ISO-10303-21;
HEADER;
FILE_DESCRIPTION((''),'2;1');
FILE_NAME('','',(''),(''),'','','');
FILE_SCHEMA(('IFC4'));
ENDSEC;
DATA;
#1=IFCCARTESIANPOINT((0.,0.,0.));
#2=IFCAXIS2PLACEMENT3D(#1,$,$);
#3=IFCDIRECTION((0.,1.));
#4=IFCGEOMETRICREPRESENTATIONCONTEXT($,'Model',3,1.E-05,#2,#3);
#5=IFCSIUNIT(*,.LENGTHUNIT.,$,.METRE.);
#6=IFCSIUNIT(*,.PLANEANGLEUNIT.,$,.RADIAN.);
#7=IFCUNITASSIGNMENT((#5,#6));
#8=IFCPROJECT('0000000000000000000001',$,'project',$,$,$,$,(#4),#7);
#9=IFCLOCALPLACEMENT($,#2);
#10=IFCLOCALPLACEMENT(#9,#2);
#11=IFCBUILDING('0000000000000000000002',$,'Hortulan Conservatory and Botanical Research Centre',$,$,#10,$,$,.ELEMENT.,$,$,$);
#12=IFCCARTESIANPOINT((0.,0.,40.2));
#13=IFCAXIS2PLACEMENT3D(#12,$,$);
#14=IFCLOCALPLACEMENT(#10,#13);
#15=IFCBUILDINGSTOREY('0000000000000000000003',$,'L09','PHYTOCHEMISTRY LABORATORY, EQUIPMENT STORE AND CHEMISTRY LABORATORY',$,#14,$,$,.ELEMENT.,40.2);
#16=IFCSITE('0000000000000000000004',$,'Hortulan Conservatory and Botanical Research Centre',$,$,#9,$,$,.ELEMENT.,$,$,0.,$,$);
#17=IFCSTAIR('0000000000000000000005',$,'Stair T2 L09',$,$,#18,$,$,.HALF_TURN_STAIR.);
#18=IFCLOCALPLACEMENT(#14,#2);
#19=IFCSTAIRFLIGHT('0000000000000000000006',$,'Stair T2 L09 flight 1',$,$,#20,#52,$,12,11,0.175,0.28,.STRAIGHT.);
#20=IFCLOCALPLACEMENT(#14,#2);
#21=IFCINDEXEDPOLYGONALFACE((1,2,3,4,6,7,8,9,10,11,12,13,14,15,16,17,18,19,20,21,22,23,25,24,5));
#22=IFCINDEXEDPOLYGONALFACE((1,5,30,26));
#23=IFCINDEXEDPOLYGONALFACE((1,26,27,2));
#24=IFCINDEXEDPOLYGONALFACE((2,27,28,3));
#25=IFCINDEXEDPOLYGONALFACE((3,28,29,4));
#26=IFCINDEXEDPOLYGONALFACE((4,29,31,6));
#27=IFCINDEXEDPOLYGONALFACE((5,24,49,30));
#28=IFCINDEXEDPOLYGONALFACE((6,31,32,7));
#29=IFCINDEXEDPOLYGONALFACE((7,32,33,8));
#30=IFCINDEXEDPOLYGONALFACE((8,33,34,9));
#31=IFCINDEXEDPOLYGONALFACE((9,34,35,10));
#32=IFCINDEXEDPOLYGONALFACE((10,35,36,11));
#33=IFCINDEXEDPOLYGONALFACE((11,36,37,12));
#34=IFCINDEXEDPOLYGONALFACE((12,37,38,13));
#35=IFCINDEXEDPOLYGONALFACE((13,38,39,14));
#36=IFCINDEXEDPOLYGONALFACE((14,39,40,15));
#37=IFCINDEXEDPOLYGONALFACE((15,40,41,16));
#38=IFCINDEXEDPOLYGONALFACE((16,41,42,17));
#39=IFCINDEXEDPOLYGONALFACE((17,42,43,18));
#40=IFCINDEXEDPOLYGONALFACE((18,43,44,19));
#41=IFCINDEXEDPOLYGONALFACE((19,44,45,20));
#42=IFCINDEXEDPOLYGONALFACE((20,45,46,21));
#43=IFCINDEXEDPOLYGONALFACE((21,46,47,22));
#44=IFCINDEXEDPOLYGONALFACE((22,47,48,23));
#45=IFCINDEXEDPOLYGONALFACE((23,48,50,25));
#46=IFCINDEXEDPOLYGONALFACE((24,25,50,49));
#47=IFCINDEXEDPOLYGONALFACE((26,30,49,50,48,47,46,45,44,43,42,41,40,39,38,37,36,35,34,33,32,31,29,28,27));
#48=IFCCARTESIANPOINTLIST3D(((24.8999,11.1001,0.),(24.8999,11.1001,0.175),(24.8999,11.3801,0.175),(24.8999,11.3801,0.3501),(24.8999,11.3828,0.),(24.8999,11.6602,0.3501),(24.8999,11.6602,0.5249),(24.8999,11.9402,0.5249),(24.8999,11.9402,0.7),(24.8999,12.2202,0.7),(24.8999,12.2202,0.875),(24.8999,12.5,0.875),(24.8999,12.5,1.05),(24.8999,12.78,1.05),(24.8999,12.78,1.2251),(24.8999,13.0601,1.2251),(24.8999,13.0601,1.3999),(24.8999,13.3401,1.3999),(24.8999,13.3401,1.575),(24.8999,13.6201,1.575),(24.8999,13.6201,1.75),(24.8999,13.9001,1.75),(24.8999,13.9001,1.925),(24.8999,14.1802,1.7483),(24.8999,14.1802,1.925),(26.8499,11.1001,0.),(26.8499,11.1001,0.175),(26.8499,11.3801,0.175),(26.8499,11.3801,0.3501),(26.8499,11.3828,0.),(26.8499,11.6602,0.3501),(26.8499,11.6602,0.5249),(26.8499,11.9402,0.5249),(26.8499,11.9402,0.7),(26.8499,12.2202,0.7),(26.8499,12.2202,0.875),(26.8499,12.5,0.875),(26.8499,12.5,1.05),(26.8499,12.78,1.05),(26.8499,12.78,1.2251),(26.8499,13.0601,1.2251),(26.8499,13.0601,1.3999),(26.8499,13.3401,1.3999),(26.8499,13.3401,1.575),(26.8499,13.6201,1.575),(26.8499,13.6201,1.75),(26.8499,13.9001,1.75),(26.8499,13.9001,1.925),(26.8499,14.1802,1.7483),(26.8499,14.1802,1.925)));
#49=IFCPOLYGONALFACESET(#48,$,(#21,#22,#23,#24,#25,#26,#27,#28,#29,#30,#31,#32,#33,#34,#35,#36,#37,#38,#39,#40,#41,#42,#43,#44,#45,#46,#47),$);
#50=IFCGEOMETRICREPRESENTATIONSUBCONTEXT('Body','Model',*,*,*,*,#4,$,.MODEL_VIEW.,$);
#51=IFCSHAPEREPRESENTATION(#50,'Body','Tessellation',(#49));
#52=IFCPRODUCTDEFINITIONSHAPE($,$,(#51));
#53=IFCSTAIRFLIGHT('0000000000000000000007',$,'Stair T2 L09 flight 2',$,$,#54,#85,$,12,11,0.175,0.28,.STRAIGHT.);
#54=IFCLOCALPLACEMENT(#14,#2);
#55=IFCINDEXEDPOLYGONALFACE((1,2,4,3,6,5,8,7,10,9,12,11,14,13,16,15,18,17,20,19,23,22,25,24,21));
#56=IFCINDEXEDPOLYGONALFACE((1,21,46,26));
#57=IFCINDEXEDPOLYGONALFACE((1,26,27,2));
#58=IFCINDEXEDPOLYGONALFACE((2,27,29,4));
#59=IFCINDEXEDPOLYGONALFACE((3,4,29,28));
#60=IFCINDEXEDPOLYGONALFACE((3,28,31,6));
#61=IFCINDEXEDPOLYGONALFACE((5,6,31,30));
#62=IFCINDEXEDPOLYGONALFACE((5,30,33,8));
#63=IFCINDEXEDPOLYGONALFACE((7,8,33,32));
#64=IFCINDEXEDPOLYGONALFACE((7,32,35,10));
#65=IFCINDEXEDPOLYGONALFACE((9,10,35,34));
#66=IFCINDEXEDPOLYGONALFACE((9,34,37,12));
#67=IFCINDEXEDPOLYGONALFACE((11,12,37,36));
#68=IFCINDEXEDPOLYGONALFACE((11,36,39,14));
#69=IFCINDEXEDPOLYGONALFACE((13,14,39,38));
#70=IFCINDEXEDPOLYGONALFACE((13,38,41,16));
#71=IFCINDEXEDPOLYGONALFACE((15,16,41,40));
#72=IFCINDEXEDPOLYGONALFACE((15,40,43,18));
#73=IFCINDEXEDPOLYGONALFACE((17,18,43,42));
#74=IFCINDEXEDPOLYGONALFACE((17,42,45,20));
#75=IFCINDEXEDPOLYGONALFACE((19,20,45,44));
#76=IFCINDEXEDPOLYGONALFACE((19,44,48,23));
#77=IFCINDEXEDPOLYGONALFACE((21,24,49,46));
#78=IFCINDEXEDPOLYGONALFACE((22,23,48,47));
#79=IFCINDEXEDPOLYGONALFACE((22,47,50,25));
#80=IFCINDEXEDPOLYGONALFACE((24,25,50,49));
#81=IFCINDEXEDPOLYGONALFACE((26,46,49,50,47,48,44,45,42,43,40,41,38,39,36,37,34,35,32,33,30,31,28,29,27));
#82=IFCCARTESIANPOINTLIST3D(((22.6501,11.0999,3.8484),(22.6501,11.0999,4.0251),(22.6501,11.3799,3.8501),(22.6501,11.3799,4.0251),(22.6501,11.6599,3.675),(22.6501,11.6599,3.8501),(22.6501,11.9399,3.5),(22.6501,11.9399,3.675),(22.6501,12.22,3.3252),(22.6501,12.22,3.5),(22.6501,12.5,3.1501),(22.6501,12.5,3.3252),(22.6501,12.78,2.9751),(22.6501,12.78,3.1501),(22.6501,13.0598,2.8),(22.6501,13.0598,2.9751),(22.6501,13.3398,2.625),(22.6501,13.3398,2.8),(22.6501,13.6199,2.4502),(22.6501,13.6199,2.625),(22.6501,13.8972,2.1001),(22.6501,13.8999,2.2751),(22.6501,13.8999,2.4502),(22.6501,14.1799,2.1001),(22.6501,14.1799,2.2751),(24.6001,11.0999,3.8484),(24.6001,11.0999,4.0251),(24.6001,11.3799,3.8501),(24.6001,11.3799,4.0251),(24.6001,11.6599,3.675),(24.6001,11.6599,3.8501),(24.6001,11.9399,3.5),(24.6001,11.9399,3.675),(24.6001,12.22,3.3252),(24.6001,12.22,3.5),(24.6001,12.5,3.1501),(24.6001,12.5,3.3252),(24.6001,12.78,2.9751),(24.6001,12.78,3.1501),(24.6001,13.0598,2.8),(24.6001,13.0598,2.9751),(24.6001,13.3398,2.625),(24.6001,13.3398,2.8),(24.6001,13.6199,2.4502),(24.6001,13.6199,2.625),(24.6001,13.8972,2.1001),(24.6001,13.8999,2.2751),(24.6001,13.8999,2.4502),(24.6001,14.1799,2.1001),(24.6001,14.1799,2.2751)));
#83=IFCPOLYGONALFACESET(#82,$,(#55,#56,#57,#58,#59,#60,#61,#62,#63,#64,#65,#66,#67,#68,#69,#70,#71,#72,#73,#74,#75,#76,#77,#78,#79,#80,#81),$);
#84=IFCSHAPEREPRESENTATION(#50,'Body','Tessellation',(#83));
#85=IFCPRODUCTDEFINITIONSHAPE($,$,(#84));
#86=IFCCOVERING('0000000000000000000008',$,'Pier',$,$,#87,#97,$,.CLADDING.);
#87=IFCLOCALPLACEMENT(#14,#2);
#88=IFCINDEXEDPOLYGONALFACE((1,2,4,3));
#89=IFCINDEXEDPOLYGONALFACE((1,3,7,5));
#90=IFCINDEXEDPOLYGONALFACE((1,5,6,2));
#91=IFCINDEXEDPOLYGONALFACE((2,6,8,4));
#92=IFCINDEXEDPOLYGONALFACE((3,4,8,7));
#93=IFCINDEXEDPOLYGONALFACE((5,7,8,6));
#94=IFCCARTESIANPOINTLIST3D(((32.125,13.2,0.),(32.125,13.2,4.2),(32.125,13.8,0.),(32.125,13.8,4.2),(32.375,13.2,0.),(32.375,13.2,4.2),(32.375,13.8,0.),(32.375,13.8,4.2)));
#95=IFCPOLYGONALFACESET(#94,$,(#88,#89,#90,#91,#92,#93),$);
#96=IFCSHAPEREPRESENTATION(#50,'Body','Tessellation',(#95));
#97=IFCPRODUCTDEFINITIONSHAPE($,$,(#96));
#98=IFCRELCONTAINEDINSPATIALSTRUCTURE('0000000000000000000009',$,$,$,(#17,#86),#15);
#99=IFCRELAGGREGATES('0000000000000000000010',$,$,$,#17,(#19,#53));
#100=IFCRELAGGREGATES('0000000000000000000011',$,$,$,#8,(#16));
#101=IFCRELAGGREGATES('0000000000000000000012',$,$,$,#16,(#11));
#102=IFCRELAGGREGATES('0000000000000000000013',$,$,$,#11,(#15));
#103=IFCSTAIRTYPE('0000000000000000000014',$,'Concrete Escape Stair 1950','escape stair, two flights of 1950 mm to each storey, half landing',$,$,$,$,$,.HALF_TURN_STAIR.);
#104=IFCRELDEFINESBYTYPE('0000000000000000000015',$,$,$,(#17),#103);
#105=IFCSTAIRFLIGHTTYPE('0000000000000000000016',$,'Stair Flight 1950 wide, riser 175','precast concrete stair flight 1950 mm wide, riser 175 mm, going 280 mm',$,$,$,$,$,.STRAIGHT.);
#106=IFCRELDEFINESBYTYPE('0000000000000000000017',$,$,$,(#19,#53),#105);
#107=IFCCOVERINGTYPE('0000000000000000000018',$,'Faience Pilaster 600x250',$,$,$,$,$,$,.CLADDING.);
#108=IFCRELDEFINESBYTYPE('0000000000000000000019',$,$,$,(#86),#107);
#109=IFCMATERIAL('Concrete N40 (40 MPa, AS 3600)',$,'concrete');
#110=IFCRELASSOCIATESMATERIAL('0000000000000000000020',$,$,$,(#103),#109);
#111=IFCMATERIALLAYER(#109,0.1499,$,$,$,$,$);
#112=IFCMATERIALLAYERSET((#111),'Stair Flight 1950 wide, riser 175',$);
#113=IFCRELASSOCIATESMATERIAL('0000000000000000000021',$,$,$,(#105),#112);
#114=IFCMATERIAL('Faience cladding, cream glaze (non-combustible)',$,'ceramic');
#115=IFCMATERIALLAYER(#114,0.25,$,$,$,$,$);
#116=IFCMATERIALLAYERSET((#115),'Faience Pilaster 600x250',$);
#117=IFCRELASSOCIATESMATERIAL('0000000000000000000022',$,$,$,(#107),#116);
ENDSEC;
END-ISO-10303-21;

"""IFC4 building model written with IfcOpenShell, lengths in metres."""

from ifc_helpers import new_model, si_unit, direction, frame, origin, origin_2d, place, context, subcontext, project, spatial, polyline, rectangle, outline, extrude, material, layer, layer_set, type_object, element, aggregate, save


model = new_model("IFC4")

# Units and contexts
model_context = context("Model", 3, precision=1e-05, world=origin(), true_north=direction((0.0, 1.0)))
body_context = subcontext(model_context, "Body", "Model", "MODEL_VIEW")
ifc_project = project(units=[si_unit("LENGTHUNIT", "METRE"), si_unit("PLANEANGLEUNIT", "RADIAN")], contexts=[model_context])

# Site, building, storey
site_placement = place(None, origin())
site = spatial("IfcSite", under=ifc_project, at=site_placement, Name="Hortulan Conservatory and Botanical Research Centre", CompositionType="ELEMENT", RefElevation=0.0)
building_placement = place(site_placement, origin())
building = spatial("IfcBuilding", under=site, at=building_placement, Name="Hortulan Conservatory and Botanical Research Centre", CompositionType="ELEMENT")
storey_placement = place(building_placement, frame((0.0, 0.0, 40.2)))
storey = spatial("IfcBuildingStorey", under=building, at=storey_placement, Name="L09", Description="PHYTOCHEMISTRY LABORATORY, EQUIPMENT STORE AND CHEMISTRY LABORATORY", CompositionType="ELEMENT", Elevation=40.2)

# Shared definitions
ifc_material_1 = material(Name="Concrete N40 (40 MPa, AS 3600)", Category="concrete")

# Stair, stair flights
stair_type = type_object("IfcStairType", Name="Concrete Escape Stair 1950", Description="escape stair, two flights of 1950 mm to each storey, half landing", PredefinedType="HALF_TURN_STAIR", material=ifc_material_1)
stair_placement = place(storey_placement, origin())
stair = element("IfcStair", 1, at=stair_placement, inside=storey, type_object=stair_type, Name="Stair T2 L09", PredefinedType="HALF_TURN_STAIR")
ifc_layer_1 = layer(ifc_material_1, 0.1499)
ifc_layer_set_1 = layer_set([ifc_layer_1], Name="Stair Flight 1950 wide, riser 175")
stair_flight_type = type_object("IfcStairFlightType", Name="Stair Flight 1950 wide, riser 175", Description="precast concrete stair flight 1950 mm wide, riser 175 mm, going 280 mm", PredefinedType="STRAIGHT", material=ifc_layer_set_1)
stair_flight_1_placement = place(storey_placement, frame((25.875, 11.1001, 0.0), z_axis=(0.0, 0.0, 1.0), x_axis=(0.0, 1.0, 0.0)))
stair_flight_1 = element("IfcStairFlight", 2, at=stair_flight_1_placement, type_object=stair_flight_type, Name="Stair T2 L09 flight 1", NumberOfRisers=12, NumberOfTreads=11, PredefinedType="STRAIGHT", RiserHeight=0.175, TreadLength=0.28, context=body_context, shape_type="SweptSolid", body=[
    extrude(outline(polyline([(0.0, 0.0), (0.0, 0.175), (0.28, 0.175), (0.28, 0.3501), (0.5601, 0.3501), (0.5601, 0.5249), (0.8401, 0.5249), (0.8401, 0.7), (1.1201, 0.7), (1.1201, 0.875), (1.3999, 0.875), (1.3999, 1.05), (1.6799, 1.05), (1.6799, 1.2251), (1.96, 1.2251), (1.96, 1.3999), (2.24, 1.3999), (2.24, 1.575), (2.52, 1.575), (2.52, 1.75), (2.8, 1.75), (2.8, 1.925), (3.0801, 1.925), (3.0801, 2.1001), (3.0801, 1.7483), (0.2827, 0.0), (0.0, 0.0)])), frame((0.0, 0.9751, 0.0), z_axis=(0.0, -1.0, 0.0), x_axis=(1.0, 0.0, 0.0)), (0.0, 0.0, 1.0), 1.95),
])
stair_flight_2_placement = place(storey_placement, frame((23.625, 14.1799, 2.1001), z_axis=(0.0, 0.0, 1.0), x_axis=(0.0, -1.0, 0.0)))
stair_flight_2 = element("IfcStairFlight", 3, at=stair_flight_2_placement, type_object=stair_flight_type, Name="Stair T2 L09 flight 2", NumberOfRisers=12, NumberOfTreads=11, PredefinedType="STRAIGHT", RiserHeight=0.175, TreadLength=0.28, context=body_context, shape_type="SweptSolid", body=[
    extrude(outline(polyline([(0.0, 0.0), (0.0, 0.175), (0.28, 0.175), (0.28, 0.3501), (0.5601, 0.3501), (0.5601, 0.5249), (0.8401, 0.5249), (0.8401, 0.7), (1.1201, 0.7), (1.1201, 0.875), (1.3999, 0.875), (1.3999, 1.05), (1.6799, 1.05), (1.6799, 1.2251), (1.96, 1.2251), (1.96, 1.3999), (2.24, 1.3999), (2.24, 1.575), (2.52, 1.575), (2.52, 1.75), (2.8, 1.75), (2.8, 1.925), (3.0801, 1.925), (3.0801, 2.1001), (3.0801, 1.7483), (0.2827, 0.0), (0.0, 0.0)])), frame((0.0, 0.9751, 0.0), z_axis=(0.0, -1.0, 0.0), x_axis=(1.0, 0.0, 0.0)), (0.0, 0.0, 1.0), 1.95),
])
aggregate(stair, [stair_flight_1, stair_flight_2])

# Covering
ifc_material_2 = material(Name="Faience cladding, cream glaze (non-combustible)", Category="ceramic")
ifc_layer_2 = layer(ifc_material_2, 0.25)
ifc_layer_set_2 = layer_set([ifc_layer_2], Name="Faience Pilaster 600x250")
covering_type = type_object("IfcCoveringType", Name="Faience Pilaster 600x250", PredefinedType="CLADDING", material=ifc_layer_set_2)
covering_placement = place(storey_placement, frame((32.25, 13.5, 0.0), z_axis=(0.0, 0.0, 1.0), x_axis=(0.0, 1.0, 0.0)))
element("IfcCovering", 4, at=covering_placement, inside=storey, type_object=covering_type, Name="Pier", PredefinedType="CLADDING", context=body_context, shape_type="SweptSolid", body=[
    extrude(rectangle(XDim=0.6001, YDim=0.25, at=origin_2d()), origin(), (0.0, 0.0, 1.0), 4.2),
])

save(model, "model.ifc")
